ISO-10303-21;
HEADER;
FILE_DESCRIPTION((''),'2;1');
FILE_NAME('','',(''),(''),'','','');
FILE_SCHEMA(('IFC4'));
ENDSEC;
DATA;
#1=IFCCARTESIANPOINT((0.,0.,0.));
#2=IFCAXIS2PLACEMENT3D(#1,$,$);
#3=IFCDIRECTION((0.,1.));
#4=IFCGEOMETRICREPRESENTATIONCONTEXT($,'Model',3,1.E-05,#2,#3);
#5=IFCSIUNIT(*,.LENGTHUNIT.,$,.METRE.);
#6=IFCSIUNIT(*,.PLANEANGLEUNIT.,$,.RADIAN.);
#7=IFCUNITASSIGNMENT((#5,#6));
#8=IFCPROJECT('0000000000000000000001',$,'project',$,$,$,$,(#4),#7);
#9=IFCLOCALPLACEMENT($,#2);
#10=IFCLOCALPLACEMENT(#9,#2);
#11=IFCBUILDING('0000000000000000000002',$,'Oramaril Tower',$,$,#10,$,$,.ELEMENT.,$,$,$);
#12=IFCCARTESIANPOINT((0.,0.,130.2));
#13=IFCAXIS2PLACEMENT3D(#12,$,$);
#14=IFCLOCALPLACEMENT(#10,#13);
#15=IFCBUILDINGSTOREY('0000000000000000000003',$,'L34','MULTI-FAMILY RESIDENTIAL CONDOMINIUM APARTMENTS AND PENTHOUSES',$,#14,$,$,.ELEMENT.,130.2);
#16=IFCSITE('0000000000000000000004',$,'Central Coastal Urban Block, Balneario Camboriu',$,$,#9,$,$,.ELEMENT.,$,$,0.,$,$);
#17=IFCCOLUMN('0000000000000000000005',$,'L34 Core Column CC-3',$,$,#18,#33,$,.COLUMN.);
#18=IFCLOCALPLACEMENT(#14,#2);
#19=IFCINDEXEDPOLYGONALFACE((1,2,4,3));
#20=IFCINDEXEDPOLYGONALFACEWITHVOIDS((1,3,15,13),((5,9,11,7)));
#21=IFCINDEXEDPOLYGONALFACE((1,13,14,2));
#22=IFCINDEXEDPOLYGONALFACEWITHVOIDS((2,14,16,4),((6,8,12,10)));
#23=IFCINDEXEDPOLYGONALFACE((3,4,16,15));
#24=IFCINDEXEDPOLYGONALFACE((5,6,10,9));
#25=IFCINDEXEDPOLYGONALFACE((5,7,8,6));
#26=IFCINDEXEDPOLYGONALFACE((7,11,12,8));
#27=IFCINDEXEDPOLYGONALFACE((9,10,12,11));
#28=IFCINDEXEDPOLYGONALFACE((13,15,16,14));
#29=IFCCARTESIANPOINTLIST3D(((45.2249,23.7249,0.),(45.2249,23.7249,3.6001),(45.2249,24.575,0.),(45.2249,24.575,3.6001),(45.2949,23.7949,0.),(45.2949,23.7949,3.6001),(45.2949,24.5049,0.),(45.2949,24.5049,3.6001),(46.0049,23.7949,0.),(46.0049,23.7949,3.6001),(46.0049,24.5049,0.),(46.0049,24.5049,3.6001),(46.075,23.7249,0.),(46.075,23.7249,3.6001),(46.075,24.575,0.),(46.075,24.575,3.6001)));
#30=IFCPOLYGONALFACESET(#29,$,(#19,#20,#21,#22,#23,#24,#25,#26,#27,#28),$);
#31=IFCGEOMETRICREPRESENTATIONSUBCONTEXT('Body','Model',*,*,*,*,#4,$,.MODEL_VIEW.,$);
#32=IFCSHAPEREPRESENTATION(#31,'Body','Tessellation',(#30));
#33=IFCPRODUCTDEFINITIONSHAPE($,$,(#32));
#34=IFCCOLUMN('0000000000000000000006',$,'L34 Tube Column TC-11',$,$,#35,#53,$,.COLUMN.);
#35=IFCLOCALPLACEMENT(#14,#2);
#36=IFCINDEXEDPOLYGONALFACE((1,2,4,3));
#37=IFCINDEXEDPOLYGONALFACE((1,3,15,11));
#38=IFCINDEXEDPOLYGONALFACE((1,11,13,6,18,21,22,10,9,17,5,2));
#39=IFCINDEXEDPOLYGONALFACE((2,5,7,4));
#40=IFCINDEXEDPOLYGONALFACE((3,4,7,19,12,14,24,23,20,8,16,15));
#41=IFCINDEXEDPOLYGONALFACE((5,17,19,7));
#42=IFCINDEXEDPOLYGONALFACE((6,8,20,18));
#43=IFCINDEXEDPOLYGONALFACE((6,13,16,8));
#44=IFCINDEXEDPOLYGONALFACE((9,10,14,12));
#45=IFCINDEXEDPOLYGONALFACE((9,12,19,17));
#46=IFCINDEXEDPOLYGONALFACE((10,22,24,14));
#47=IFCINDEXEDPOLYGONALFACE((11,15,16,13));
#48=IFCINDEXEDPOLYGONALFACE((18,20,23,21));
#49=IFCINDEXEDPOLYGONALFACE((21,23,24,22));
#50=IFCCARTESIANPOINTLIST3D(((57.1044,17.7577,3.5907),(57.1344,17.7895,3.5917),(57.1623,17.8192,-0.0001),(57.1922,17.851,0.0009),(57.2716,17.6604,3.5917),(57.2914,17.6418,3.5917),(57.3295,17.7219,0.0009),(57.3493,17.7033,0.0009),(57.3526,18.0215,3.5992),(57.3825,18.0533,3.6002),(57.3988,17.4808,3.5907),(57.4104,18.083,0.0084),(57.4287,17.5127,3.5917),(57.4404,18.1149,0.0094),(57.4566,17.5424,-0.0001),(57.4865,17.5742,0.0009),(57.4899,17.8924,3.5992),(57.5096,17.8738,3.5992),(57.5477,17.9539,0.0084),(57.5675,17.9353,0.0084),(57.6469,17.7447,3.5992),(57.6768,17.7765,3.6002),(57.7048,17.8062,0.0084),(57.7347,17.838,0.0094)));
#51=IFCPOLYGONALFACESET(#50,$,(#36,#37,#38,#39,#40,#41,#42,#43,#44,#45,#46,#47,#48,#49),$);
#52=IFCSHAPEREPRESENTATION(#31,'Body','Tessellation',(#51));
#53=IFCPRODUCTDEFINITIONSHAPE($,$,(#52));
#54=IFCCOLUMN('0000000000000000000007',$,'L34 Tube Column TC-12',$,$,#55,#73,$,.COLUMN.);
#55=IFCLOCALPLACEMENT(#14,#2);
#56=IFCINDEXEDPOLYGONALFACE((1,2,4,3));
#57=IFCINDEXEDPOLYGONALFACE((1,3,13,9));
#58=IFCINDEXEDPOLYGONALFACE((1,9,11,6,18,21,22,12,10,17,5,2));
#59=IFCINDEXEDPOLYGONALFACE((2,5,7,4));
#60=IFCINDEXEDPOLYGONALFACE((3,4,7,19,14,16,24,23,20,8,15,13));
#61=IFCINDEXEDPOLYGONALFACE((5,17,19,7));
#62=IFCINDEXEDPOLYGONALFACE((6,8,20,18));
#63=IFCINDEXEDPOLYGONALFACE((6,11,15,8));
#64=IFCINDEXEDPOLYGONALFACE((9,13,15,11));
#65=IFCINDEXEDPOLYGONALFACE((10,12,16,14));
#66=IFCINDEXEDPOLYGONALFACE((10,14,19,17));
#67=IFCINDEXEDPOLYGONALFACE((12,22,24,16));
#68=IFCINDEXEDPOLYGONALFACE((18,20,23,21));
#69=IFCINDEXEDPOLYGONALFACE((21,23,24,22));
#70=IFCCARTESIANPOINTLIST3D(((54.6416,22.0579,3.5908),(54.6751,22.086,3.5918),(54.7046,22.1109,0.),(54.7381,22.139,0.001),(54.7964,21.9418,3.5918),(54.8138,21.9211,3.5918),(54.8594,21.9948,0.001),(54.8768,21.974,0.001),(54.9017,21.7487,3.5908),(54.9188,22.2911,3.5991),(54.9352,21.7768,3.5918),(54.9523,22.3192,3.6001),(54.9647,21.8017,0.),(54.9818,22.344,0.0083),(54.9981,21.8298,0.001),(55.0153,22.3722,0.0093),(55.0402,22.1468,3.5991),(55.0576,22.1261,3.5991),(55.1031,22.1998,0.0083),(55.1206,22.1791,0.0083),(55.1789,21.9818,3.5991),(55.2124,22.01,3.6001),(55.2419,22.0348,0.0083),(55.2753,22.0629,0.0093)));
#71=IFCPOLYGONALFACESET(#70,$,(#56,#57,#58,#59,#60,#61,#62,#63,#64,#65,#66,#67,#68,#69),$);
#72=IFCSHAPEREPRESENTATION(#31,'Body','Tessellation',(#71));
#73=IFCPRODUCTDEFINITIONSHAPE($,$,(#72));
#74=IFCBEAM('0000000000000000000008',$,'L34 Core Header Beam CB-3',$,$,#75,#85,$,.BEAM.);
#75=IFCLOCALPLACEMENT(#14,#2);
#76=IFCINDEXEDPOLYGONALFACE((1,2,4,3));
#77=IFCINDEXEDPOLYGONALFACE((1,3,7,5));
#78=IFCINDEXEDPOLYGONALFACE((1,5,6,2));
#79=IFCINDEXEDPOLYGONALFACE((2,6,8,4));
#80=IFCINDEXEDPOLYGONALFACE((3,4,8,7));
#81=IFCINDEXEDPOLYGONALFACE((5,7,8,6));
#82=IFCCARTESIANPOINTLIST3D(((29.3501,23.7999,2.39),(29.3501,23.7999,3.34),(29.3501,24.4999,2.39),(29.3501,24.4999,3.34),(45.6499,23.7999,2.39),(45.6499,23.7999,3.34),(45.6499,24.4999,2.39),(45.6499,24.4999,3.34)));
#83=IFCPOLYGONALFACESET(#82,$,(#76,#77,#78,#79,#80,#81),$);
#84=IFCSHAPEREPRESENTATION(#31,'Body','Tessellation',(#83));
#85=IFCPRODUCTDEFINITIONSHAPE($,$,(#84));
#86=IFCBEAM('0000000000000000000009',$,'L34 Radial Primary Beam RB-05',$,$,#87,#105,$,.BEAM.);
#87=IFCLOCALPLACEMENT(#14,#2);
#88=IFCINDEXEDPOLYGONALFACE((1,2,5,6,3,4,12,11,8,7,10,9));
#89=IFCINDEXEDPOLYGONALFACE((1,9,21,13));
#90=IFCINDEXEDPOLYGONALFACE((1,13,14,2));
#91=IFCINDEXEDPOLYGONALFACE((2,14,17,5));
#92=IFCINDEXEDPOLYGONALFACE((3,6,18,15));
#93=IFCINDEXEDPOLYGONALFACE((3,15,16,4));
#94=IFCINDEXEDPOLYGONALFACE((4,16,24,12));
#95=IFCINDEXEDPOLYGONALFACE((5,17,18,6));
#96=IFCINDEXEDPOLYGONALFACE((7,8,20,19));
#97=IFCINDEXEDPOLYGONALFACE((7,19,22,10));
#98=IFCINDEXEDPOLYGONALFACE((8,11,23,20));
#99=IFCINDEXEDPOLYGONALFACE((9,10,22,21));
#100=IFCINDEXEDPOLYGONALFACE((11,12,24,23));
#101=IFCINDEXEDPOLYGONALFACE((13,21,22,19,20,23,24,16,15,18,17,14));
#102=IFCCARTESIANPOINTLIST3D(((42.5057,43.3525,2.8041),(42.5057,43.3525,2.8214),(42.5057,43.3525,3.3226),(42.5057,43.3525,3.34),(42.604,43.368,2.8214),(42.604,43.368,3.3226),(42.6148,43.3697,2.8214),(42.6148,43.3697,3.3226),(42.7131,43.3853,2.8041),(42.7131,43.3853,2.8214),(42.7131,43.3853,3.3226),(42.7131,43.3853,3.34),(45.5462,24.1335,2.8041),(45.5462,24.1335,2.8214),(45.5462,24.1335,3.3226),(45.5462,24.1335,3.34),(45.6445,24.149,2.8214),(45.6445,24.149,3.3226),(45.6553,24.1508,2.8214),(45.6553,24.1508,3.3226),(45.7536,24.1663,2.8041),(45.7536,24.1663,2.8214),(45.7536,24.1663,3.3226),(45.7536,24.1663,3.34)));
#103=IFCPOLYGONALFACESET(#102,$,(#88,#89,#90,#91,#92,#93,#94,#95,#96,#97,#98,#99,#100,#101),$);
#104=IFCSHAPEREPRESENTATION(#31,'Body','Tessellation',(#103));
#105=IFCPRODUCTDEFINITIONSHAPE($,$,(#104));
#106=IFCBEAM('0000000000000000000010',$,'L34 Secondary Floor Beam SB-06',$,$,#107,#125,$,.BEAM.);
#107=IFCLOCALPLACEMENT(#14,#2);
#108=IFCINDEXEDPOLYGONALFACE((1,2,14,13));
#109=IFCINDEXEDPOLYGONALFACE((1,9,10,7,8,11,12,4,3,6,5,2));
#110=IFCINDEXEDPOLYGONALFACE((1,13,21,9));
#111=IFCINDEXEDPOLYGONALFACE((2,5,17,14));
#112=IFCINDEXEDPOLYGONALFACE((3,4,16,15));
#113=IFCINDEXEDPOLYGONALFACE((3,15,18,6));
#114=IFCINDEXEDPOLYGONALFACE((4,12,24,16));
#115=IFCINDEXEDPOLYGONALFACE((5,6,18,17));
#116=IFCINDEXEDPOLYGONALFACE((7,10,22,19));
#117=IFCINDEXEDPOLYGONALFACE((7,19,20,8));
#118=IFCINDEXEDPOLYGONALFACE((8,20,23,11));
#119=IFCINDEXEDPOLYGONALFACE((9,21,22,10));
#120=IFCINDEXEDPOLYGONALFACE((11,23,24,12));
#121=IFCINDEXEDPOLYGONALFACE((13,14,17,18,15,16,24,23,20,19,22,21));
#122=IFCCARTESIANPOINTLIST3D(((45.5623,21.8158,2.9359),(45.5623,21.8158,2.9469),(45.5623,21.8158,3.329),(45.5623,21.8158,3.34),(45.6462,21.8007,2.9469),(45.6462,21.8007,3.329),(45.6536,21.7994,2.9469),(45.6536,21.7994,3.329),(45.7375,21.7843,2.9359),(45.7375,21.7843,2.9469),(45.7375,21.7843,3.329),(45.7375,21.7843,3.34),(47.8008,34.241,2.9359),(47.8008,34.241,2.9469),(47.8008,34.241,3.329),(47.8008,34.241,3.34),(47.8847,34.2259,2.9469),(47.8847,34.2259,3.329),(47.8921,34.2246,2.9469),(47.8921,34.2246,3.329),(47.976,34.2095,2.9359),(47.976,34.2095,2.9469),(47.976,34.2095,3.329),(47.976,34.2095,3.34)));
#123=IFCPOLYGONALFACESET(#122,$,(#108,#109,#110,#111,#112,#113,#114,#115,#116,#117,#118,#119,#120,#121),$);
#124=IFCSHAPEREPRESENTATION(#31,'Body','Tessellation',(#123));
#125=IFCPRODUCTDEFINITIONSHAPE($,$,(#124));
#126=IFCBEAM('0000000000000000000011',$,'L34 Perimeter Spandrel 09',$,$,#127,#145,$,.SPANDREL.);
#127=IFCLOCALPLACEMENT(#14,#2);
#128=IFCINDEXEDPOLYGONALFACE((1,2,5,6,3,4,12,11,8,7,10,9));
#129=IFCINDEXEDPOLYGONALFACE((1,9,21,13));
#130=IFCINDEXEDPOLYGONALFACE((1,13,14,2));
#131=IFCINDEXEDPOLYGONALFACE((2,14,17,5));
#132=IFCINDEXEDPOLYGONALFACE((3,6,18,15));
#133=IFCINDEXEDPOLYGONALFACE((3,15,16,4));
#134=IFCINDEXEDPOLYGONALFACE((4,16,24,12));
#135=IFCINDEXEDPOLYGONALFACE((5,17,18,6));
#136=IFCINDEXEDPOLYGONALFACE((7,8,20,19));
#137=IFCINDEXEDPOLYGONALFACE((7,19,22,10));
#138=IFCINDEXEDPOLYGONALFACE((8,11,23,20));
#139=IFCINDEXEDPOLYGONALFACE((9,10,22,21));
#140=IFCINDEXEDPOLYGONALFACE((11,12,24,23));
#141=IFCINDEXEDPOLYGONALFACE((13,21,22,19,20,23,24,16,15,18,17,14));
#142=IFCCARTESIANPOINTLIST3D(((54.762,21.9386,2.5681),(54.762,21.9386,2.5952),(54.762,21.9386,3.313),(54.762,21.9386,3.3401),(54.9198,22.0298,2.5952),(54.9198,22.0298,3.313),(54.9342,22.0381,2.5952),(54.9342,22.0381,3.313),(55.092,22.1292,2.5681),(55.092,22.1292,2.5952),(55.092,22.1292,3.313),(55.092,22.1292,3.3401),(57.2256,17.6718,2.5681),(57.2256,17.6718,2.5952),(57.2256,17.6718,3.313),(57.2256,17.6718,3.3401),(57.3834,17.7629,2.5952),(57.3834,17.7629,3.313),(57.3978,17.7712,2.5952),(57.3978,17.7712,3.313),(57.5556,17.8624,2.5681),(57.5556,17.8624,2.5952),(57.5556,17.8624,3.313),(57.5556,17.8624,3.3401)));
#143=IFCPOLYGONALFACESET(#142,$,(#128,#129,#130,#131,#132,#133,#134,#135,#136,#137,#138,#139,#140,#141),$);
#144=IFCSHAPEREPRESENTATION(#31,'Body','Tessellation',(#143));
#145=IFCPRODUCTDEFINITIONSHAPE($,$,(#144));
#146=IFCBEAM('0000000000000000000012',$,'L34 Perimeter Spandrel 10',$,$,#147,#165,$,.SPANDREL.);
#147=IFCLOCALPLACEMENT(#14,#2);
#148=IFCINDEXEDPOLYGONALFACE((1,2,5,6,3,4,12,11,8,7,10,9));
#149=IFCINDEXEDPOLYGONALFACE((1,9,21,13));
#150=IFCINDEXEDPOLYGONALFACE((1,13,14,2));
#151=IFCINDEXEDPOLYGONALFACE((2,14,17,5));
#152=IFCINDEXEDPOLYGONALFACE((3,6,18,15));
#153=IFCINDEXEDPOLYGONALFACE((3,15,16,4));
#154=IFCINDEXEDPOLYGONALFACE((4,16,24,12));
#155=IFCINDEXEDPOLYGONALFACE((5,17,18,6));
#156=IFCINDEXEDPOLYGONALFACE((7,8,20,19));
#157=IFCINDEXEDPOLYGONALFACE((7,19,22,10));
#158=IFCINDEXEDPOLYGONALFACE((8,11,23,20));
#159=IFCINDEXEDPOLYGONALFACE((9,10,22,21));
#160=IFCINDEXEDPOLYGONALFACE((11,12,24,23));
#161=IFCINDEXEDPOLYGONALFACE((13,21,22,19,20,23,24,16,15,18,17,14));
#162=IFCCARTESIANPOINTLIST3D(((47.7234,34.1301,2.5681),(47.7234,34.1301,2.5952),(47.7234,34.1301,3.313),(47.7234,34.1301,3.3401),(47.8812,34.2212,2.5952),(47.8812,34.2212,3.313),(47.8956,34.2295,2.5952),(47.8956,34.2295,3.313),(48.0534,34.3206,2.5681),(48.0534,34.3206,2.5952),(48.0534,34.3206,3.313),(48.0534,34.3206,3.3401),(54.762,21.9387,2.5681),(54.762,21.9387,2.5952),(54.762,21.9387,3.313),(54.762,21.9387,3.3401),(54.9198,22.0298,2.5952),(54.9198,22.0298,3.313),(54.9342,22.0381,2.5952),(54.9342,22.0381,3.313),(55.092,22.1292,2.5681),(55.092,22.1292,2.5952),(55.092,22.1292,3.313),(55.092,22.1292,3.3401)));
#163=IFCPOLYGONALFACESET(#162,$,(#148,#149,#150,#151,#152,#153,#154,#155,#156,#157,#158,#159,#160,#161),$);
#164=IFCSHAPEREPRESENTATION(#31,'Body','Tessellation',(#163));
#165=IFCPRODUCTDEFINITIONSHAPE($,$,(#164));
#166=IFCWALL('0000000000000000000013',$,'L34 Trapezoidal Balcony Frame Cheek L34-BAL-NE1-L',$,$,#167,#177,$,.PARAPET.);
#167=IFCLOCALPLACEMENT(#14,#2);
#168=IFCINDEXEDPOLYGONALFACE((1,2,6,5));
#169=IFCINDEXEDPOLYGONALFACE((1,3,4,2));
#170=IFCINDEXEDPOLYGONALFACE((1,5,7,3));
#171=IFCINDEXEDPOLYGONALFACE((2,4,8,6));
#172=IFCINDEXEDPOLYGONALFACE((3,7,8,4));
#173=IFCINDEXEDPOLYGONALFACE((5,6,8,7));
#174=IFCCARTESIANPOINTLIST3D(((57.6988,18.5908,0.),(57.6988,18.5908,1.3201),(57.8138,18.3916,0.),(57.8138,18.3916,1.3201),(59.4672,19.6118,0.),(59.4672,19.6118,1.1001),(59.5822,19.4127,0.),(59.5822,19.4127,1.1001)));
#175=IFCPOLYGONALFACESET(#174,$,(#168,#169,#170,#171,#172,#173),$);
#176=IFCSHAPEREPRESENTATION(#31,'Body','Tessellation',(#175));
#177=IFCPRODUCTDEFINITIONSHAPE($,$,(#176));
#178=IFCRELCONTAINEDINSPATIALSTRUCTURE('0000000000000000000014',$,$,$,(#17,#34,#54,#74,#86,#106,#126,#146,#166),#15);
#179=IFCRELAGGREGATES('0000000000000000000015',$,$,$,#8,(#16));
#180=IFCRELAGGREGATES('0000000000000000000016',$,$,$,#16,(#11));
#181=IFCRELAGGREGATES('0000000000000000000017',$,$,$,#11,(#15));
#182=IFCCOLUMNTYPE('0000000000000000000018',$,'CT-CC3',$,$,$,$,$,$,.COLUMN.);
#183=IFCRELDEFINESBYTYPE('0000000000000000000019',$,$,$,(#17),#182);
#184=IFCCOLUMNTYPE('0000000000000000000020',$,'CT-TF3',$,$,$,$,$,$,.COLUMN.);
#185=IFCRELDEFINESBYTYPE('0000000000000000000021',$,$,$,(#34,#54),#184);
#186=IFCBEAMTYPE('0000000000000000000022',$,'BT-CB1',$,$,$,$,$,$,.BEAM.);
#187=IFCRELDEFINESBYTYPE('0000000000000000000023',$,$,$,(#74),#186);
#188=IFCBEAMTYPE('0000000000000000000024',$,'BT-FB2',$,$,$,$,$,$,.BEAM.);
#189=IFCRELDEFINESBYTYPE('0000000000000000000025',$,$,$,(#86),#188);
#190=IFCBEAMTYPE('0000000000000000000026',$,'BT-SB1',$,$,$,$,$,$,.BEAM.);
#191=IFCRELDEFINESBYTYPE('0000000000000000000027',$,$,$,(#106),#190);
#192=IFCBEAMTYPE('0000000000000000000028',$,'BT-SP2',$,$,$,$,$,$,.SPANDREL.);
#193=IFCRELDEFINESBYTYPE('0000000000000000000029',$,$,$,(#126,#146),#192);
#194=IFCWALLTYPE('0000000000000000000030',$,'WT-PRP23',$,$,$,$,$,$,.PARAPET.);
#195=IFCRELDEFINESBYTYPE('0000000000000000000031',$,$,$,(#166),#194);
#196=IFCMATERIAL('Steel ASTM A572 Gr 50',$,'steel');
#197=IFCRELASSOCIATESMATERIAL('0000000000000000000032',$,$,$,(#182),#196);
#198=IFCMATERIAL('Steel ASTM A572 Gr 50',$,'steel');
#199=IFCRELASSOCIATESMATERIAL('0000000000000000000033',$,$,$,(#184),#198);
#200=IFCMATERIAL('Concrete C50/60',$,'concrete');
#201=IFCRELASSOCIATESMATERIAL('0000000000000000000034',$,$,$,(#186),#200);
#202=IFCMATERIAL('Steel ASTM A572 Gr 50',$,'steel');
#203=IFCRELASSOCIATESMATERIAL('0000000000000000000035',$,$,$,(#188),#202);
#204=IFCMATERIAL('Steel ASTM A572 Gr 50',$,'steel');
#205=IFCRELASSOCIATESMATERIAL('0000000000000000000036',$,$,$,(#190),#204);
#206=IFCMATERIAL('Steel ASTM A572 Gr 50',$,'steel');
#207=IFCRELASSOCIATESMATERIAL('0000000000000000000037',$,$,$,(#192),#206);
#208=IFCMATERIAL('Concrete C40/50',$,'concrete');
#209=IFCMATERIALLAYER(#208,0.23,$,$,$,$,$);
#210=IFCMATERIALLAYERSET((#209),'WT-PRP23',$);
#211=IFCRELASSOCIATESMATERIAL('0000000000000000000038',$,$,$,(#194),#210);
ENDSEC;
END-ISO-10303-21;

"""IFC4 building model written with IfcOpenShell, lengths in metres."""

from ifc_helpers import new_model, si_unit, direction, frame, origin, origin_2d, place, context, subcontext, project, spatial, polyline, rectangle, hollow_rectangle, i_section, outline, extrude, material, layer, layer_set, material_profile, profile_set, type_object, element, save


model = new_model("IFC4")

# Units and contexts
model_context = context("Model", 3, precision=1e-05, world=origin(), true_north=direction((0.0, 1.0)))
body_context = subcontext(model_context, "Body", "Model", "MODEL_VIEW")
ifc_project = project(units=[si_unit("LENGTHUNIT", "METRE"), si_unit("PLANEANGLEUNIT", "RADIAN")], contexts=[model_context])

# Site, building, storey
site_placement = place(None, origin())
site = spatial("IfcSite", under=ifc_project, at=site_placement, Name="Central Coastal Urban Block, Balneario Camboriu", CompositionType="ELEMENT", RefElevation=0.0)
building_placement = place(site_placement, origin())
building = spatial("IfcBuilding", under=site, at=building_placement, Name="Oramaril Tower", CompositionType="ELEMENT")
storey_placement = place(building_placement, frame((0.0, 0.0, 130.2)))
storey = spatial("IfcBuildingStorey", under=building, at=storey_placement, Name="L34", Description="MULTI-FAMILY RESIDENTIAL CONDOMINIUM APARTMENTS AND PENTHOUSES", CompositionType="ELEMENT", Elevation=130.2)

# Columns
ifc_material_1 = material(Name="Steel ASTM A572 Gr 50", Category="steel")
ifc_material_profile_1 = material_profile(ifc_material_1, hollow_rectangle(XDim=0.8501, YDim=0.8501, WallThickness=0.0701, at=origin_2d()), Name="BOX850X850X70")
ifc_profile_set_1 = profile_set([ifc_material_profile_1], Name="Steel ASTM A572 Gr 50")
column_type_1 = type_object("IfcColumnType", Name="CT-CC3", PredefinedType="COLUMN", material=ifc_profile_set_1)
column_placement = place(storey_placement, frame((45.6499, 24.1499, 0.0), z_axis=(0.0, 0.0, 1.0), x_axis=(1.0, 0.0, 0.0)))
element("IfcColumn", 1, at=column_placement, inside=storey, type_object=column_type_1, Name="L34 Core Column CC-3", PredefinedType="COLUMN", context=body_context, shape_type="SweptSolid", body=[
    extrude(hollow_rectangle(XDim=0.8501, YDim=0.8501, WallThickness=0.0701, at=origin_2d()), origin(), (0.0, 0.0, 1.0), 3.6001),
])
ifc_material_2 = material(Name="Steel ASTM A572 Gr 50", Category="steel")
ifc_material_profile_2 = material_profile(ifc_material_2, i_section(OverallWidth=0.4041, OverallDepth=0.406, WebThickness=0.0271, FlangeThickness=0.0437, at=origin_2d()), Name="W14X233")
ifc_profile_set_2 = profile_set([ifc_material_profile_2], Name="Steel ASTM A572 Gr 50")
column_type_2 = type_object("IfcColumnType", Name="CT-TF3", PredefinedType="COLUMN", material=ifc_profile_set_2)
for number, where, z_axis, x_axis, name in (
    (2, (57.4485, 17.8286, 0.0046), (-0.016109, -0.017129, 0.999724), (0.728455, -0.685094, 0.0), "L34 Tube Column TC-11"),
    (3, (54.99, 22.0869, 0.0046), (-0.017537, -0.01475, 0.999737), (0.643679, -0.765296, 0.0), "L34 Tube Column TC-12"),
):
    element("IfcColumn", number, at=place(storey_placement, frame(where, z_axis=z_axis, x_axis=x_axis)), inside=storey, type_object=column_type_2, Name=name, PredefinedType="COLUMN", context=body_context, shape_type="SweptSolid", body=[
        extrude(i_section(OverallWidth=0.4041, OverallDepth=0.406, WebThickness=0.0271, FlangeThickness=0.0437, at=origin_2d()), origin(), (0.0, 0.0, 1.0), 3.5918),
    ])

# Beams
ifc_material_3 = material(Name="Concrete C50/60", Category="concrete")
ifc_material_profile_3 = material_profile(ifc_material_3, rectangle(XDim=0.7, YDim=0.95, at=origin_2d()), Name="CB700X950")
ifc_profile_set_3 = profile_set([ifc_material_profile_3], Name="Concrete C50/60")
beam_type_1 = type_object("IfcBeamType", Name="BT-CB1", PredefinedType="BEAM", material=ifc_profile_set_3)
beam_1_placement = place(storey_placement, frame((45.6499, 24.1499, 2.865), z_axis=(-1.0, 0.0, 0.0), x_axis=(0.0, -1.0, 0.0)))
element("IfcBeam", 4, at=beam_1_placement, inside=storey, type_object=beam_type_1, Name="L34 Core Header Beam CB-3", PredefinedType="BEAM", context=body_context, shape_type="SweptSolid", body=[
    extrude(rectangle(XDim=0.7, YDim=0.95, at=origin_2d()), origin(), (0.0, 0.0, 1.0), 16.2998),
])
ifc_material_4 = material(Name="Steel ASTM A572 Gr 50", Category="steel")
ifc_material_profile_4 = material_profile(ifc_material_4, i_section(OverallWidth=0.21, OverallDepth=0.5359, WebThickness=0.011, FlangeThickness=0.0173, at=origin_2d()), Name="W21X68")
ifc_profile_set_4 = profile_set([ifc_material_profile_4], Name="Steel ASTM A572 Gr 50")
beam_type_2 = type_object("IfcBeamType", Name="BT-FB2", PredefinedType="BEAM", material=ifc_profile_set_4)
beam_2_placement = place(storey_placement, frame((45.6499, 24.1499, 3.072), z_axis=(-0.156261, 0.987716, 0.0), x_axis=(-0.987716, -0.156261, 0.0)))
element("IfcBeam", 5, at=beam_2_placement, inside=storey, type_object=beam_type_2, Name="L34 Radial Primary Beam RB-05", PredefinedType="BEAM", context=body_context, shape_type="SweptSolid", body=[
    extrude(i_section(OverallWidth=0.21, OverallDepth=0.5359, WebThickness=0.011, FlangeThickness=0.0173, at=origin_2d()), origin(), (0.0, 0.0, 1.0), 19.458),
])
ifc_material_5 = material(Name="Steel ASTM A572 Gr 50", Category="steel")
ifc_material_profile_5 = material_profile(ifc_material_5, i_section(OverallWidth=0.178, OverallDepth=0.4041, WebThickness=0.0076, FlangeThickness=0.011, at=origin_2d()), Name="W16X36")
ifc_profile_set_5 = profile_set([ifc_material_profile_5], Name="Steel ASTM A572 Gr 50")
beam_type_3 = type_object("IfcBeamType", Name="BT-SB1", PredefinedType="BEAM", material=ifc_profile_set_5)
beam_3_placement = place(storey_placement, frame((45.6499, 21.8, 3.1379), z_axis=(0.177304, 0.984156, 0.0), x_axis=(-0.984156, 0.177304, 0.0)))
element("IfcBeam", 6, at=beam_3_placement, inside=storey, type_object=beam_type_3, Name="L34 Secondary Floor Beam SB-06", PredefinedType="BEAM", context=body_context, shape_type="SweptSolid", body=[
    extrude(i_section(OverallWidth=0.178, OverallDepth=0.4041, WebThickness=0.0076, FlangeThickness=0.011, at=origin_2d()), origin(), (0.0, 0.0, 1.0), 12.6252),
])
ifc_material_6 = material(Name="Steel ASTM A572 Gr 50", Category="steel")
ifc_material_profile_6 = material_profile(ifc_material_6, i_section(OverallWidth=0.3811, OverallDepth=0.772, WebThickness=0.0166, FlangeThickness=0.0271, at=origin_2d()), Name="W30X173")
ifc_profile_set_6 = profile_set([ifc_material_profile_6], Name="Steel ASTM A572 Gr 50")
beam_type_4 = type_object("IfcBeamType", Name="BT-SP2", PredefinedType="SPANDREL", material=ifc_profile_set_6)
beam_4_placement = place(storey_placement, frame((57.3906, 17.7671, 2.9541), z_axis=(-0.500024, 0.866011, 0.0), x_axis=(-0.866011, -0.500024, 0.0)))
element("IfcBeam", 7, at=beam_4_placement, inside=storey, type_object=beam_type_4, Name="L34 Perimeter Spandrel 09", PredefinedType="SPANDREL", context=body_context, shape_type="SweptSolid", body=[
    extrude(i_section(OverallWidth=0.3811, OverallDepth=0.772, WebThickness=0.0166, FlangeThickness=0.0271, at=origin_2d()), origin(), (0.0, 0.0, 1.0), 4.927),
])
beam_5_placement = place(storey_placement, frame((54.927, 22.0339, 2.9541), z_axis=(-0.499993, 0.86603, 0.0), x_axis=(-0.86603, -0.499993, 0.0)))
element("IfcBeam", 8, at=beam_5_placement, inside=storey, type_object=beam_type_4, Name="L34 Perimeter Spandrel 10", PredefinedType="SPANDREL", context=body_context, shape_type="SweptSolid", body=[
    extrude(i_section(OverallWidth=0.3811, OverallDepth=0.772, WebThickness=0.0166, FlangeThickness=0.0271, at=origin_2d()), origin(), (0.0, 0.0, 1.0), 14.0774),
])

# Wall
ifc_material_7 = material(Name="Concrete C40/50", Category="concrete")
ifc_layer_1 = layer(ifc_material_7, 0.23)
ifc_layer_set_1 = layer_set([ifc_layer_1], Name="WT-PRP23")
wall_type_1 = type_object("IfcWallType", Name="WT-PRP23", PredefinedType="PARAPET", material=ifc_layer_set_1)
wall_1_placement = place(storey_placement, frame((57.7563, 18.4912, 0.0), z_axis=(0.0, 0.0, 1.0), x_axis=(0.866012, 0.500023, 0.0)))
element("IfcWall", 9, at=wall_1_placement, inside=storey, type_object=wall_type_1, Name="L34 Trapezoidal Balcony Frame Cheek L34-BAL-NE1-L", PredefinedType="PARAPET", context=body_context, shape_type="SweptSolid", body=[
    extrude(outline(polyline([(0.0, 0.0), (2.042, 0.0), (2.042, 1.1001), (0.0, 1.3201), (0.0, 0.0)])), frame((0.0, 0.115, 0.0), z_axis=(0.0, -1.0, 0.0), x_axis=(1.0, 0.0, 0.0)), (0.0, 0.0, 1.0), 0.23),
])

save(model, "model.ifc")
